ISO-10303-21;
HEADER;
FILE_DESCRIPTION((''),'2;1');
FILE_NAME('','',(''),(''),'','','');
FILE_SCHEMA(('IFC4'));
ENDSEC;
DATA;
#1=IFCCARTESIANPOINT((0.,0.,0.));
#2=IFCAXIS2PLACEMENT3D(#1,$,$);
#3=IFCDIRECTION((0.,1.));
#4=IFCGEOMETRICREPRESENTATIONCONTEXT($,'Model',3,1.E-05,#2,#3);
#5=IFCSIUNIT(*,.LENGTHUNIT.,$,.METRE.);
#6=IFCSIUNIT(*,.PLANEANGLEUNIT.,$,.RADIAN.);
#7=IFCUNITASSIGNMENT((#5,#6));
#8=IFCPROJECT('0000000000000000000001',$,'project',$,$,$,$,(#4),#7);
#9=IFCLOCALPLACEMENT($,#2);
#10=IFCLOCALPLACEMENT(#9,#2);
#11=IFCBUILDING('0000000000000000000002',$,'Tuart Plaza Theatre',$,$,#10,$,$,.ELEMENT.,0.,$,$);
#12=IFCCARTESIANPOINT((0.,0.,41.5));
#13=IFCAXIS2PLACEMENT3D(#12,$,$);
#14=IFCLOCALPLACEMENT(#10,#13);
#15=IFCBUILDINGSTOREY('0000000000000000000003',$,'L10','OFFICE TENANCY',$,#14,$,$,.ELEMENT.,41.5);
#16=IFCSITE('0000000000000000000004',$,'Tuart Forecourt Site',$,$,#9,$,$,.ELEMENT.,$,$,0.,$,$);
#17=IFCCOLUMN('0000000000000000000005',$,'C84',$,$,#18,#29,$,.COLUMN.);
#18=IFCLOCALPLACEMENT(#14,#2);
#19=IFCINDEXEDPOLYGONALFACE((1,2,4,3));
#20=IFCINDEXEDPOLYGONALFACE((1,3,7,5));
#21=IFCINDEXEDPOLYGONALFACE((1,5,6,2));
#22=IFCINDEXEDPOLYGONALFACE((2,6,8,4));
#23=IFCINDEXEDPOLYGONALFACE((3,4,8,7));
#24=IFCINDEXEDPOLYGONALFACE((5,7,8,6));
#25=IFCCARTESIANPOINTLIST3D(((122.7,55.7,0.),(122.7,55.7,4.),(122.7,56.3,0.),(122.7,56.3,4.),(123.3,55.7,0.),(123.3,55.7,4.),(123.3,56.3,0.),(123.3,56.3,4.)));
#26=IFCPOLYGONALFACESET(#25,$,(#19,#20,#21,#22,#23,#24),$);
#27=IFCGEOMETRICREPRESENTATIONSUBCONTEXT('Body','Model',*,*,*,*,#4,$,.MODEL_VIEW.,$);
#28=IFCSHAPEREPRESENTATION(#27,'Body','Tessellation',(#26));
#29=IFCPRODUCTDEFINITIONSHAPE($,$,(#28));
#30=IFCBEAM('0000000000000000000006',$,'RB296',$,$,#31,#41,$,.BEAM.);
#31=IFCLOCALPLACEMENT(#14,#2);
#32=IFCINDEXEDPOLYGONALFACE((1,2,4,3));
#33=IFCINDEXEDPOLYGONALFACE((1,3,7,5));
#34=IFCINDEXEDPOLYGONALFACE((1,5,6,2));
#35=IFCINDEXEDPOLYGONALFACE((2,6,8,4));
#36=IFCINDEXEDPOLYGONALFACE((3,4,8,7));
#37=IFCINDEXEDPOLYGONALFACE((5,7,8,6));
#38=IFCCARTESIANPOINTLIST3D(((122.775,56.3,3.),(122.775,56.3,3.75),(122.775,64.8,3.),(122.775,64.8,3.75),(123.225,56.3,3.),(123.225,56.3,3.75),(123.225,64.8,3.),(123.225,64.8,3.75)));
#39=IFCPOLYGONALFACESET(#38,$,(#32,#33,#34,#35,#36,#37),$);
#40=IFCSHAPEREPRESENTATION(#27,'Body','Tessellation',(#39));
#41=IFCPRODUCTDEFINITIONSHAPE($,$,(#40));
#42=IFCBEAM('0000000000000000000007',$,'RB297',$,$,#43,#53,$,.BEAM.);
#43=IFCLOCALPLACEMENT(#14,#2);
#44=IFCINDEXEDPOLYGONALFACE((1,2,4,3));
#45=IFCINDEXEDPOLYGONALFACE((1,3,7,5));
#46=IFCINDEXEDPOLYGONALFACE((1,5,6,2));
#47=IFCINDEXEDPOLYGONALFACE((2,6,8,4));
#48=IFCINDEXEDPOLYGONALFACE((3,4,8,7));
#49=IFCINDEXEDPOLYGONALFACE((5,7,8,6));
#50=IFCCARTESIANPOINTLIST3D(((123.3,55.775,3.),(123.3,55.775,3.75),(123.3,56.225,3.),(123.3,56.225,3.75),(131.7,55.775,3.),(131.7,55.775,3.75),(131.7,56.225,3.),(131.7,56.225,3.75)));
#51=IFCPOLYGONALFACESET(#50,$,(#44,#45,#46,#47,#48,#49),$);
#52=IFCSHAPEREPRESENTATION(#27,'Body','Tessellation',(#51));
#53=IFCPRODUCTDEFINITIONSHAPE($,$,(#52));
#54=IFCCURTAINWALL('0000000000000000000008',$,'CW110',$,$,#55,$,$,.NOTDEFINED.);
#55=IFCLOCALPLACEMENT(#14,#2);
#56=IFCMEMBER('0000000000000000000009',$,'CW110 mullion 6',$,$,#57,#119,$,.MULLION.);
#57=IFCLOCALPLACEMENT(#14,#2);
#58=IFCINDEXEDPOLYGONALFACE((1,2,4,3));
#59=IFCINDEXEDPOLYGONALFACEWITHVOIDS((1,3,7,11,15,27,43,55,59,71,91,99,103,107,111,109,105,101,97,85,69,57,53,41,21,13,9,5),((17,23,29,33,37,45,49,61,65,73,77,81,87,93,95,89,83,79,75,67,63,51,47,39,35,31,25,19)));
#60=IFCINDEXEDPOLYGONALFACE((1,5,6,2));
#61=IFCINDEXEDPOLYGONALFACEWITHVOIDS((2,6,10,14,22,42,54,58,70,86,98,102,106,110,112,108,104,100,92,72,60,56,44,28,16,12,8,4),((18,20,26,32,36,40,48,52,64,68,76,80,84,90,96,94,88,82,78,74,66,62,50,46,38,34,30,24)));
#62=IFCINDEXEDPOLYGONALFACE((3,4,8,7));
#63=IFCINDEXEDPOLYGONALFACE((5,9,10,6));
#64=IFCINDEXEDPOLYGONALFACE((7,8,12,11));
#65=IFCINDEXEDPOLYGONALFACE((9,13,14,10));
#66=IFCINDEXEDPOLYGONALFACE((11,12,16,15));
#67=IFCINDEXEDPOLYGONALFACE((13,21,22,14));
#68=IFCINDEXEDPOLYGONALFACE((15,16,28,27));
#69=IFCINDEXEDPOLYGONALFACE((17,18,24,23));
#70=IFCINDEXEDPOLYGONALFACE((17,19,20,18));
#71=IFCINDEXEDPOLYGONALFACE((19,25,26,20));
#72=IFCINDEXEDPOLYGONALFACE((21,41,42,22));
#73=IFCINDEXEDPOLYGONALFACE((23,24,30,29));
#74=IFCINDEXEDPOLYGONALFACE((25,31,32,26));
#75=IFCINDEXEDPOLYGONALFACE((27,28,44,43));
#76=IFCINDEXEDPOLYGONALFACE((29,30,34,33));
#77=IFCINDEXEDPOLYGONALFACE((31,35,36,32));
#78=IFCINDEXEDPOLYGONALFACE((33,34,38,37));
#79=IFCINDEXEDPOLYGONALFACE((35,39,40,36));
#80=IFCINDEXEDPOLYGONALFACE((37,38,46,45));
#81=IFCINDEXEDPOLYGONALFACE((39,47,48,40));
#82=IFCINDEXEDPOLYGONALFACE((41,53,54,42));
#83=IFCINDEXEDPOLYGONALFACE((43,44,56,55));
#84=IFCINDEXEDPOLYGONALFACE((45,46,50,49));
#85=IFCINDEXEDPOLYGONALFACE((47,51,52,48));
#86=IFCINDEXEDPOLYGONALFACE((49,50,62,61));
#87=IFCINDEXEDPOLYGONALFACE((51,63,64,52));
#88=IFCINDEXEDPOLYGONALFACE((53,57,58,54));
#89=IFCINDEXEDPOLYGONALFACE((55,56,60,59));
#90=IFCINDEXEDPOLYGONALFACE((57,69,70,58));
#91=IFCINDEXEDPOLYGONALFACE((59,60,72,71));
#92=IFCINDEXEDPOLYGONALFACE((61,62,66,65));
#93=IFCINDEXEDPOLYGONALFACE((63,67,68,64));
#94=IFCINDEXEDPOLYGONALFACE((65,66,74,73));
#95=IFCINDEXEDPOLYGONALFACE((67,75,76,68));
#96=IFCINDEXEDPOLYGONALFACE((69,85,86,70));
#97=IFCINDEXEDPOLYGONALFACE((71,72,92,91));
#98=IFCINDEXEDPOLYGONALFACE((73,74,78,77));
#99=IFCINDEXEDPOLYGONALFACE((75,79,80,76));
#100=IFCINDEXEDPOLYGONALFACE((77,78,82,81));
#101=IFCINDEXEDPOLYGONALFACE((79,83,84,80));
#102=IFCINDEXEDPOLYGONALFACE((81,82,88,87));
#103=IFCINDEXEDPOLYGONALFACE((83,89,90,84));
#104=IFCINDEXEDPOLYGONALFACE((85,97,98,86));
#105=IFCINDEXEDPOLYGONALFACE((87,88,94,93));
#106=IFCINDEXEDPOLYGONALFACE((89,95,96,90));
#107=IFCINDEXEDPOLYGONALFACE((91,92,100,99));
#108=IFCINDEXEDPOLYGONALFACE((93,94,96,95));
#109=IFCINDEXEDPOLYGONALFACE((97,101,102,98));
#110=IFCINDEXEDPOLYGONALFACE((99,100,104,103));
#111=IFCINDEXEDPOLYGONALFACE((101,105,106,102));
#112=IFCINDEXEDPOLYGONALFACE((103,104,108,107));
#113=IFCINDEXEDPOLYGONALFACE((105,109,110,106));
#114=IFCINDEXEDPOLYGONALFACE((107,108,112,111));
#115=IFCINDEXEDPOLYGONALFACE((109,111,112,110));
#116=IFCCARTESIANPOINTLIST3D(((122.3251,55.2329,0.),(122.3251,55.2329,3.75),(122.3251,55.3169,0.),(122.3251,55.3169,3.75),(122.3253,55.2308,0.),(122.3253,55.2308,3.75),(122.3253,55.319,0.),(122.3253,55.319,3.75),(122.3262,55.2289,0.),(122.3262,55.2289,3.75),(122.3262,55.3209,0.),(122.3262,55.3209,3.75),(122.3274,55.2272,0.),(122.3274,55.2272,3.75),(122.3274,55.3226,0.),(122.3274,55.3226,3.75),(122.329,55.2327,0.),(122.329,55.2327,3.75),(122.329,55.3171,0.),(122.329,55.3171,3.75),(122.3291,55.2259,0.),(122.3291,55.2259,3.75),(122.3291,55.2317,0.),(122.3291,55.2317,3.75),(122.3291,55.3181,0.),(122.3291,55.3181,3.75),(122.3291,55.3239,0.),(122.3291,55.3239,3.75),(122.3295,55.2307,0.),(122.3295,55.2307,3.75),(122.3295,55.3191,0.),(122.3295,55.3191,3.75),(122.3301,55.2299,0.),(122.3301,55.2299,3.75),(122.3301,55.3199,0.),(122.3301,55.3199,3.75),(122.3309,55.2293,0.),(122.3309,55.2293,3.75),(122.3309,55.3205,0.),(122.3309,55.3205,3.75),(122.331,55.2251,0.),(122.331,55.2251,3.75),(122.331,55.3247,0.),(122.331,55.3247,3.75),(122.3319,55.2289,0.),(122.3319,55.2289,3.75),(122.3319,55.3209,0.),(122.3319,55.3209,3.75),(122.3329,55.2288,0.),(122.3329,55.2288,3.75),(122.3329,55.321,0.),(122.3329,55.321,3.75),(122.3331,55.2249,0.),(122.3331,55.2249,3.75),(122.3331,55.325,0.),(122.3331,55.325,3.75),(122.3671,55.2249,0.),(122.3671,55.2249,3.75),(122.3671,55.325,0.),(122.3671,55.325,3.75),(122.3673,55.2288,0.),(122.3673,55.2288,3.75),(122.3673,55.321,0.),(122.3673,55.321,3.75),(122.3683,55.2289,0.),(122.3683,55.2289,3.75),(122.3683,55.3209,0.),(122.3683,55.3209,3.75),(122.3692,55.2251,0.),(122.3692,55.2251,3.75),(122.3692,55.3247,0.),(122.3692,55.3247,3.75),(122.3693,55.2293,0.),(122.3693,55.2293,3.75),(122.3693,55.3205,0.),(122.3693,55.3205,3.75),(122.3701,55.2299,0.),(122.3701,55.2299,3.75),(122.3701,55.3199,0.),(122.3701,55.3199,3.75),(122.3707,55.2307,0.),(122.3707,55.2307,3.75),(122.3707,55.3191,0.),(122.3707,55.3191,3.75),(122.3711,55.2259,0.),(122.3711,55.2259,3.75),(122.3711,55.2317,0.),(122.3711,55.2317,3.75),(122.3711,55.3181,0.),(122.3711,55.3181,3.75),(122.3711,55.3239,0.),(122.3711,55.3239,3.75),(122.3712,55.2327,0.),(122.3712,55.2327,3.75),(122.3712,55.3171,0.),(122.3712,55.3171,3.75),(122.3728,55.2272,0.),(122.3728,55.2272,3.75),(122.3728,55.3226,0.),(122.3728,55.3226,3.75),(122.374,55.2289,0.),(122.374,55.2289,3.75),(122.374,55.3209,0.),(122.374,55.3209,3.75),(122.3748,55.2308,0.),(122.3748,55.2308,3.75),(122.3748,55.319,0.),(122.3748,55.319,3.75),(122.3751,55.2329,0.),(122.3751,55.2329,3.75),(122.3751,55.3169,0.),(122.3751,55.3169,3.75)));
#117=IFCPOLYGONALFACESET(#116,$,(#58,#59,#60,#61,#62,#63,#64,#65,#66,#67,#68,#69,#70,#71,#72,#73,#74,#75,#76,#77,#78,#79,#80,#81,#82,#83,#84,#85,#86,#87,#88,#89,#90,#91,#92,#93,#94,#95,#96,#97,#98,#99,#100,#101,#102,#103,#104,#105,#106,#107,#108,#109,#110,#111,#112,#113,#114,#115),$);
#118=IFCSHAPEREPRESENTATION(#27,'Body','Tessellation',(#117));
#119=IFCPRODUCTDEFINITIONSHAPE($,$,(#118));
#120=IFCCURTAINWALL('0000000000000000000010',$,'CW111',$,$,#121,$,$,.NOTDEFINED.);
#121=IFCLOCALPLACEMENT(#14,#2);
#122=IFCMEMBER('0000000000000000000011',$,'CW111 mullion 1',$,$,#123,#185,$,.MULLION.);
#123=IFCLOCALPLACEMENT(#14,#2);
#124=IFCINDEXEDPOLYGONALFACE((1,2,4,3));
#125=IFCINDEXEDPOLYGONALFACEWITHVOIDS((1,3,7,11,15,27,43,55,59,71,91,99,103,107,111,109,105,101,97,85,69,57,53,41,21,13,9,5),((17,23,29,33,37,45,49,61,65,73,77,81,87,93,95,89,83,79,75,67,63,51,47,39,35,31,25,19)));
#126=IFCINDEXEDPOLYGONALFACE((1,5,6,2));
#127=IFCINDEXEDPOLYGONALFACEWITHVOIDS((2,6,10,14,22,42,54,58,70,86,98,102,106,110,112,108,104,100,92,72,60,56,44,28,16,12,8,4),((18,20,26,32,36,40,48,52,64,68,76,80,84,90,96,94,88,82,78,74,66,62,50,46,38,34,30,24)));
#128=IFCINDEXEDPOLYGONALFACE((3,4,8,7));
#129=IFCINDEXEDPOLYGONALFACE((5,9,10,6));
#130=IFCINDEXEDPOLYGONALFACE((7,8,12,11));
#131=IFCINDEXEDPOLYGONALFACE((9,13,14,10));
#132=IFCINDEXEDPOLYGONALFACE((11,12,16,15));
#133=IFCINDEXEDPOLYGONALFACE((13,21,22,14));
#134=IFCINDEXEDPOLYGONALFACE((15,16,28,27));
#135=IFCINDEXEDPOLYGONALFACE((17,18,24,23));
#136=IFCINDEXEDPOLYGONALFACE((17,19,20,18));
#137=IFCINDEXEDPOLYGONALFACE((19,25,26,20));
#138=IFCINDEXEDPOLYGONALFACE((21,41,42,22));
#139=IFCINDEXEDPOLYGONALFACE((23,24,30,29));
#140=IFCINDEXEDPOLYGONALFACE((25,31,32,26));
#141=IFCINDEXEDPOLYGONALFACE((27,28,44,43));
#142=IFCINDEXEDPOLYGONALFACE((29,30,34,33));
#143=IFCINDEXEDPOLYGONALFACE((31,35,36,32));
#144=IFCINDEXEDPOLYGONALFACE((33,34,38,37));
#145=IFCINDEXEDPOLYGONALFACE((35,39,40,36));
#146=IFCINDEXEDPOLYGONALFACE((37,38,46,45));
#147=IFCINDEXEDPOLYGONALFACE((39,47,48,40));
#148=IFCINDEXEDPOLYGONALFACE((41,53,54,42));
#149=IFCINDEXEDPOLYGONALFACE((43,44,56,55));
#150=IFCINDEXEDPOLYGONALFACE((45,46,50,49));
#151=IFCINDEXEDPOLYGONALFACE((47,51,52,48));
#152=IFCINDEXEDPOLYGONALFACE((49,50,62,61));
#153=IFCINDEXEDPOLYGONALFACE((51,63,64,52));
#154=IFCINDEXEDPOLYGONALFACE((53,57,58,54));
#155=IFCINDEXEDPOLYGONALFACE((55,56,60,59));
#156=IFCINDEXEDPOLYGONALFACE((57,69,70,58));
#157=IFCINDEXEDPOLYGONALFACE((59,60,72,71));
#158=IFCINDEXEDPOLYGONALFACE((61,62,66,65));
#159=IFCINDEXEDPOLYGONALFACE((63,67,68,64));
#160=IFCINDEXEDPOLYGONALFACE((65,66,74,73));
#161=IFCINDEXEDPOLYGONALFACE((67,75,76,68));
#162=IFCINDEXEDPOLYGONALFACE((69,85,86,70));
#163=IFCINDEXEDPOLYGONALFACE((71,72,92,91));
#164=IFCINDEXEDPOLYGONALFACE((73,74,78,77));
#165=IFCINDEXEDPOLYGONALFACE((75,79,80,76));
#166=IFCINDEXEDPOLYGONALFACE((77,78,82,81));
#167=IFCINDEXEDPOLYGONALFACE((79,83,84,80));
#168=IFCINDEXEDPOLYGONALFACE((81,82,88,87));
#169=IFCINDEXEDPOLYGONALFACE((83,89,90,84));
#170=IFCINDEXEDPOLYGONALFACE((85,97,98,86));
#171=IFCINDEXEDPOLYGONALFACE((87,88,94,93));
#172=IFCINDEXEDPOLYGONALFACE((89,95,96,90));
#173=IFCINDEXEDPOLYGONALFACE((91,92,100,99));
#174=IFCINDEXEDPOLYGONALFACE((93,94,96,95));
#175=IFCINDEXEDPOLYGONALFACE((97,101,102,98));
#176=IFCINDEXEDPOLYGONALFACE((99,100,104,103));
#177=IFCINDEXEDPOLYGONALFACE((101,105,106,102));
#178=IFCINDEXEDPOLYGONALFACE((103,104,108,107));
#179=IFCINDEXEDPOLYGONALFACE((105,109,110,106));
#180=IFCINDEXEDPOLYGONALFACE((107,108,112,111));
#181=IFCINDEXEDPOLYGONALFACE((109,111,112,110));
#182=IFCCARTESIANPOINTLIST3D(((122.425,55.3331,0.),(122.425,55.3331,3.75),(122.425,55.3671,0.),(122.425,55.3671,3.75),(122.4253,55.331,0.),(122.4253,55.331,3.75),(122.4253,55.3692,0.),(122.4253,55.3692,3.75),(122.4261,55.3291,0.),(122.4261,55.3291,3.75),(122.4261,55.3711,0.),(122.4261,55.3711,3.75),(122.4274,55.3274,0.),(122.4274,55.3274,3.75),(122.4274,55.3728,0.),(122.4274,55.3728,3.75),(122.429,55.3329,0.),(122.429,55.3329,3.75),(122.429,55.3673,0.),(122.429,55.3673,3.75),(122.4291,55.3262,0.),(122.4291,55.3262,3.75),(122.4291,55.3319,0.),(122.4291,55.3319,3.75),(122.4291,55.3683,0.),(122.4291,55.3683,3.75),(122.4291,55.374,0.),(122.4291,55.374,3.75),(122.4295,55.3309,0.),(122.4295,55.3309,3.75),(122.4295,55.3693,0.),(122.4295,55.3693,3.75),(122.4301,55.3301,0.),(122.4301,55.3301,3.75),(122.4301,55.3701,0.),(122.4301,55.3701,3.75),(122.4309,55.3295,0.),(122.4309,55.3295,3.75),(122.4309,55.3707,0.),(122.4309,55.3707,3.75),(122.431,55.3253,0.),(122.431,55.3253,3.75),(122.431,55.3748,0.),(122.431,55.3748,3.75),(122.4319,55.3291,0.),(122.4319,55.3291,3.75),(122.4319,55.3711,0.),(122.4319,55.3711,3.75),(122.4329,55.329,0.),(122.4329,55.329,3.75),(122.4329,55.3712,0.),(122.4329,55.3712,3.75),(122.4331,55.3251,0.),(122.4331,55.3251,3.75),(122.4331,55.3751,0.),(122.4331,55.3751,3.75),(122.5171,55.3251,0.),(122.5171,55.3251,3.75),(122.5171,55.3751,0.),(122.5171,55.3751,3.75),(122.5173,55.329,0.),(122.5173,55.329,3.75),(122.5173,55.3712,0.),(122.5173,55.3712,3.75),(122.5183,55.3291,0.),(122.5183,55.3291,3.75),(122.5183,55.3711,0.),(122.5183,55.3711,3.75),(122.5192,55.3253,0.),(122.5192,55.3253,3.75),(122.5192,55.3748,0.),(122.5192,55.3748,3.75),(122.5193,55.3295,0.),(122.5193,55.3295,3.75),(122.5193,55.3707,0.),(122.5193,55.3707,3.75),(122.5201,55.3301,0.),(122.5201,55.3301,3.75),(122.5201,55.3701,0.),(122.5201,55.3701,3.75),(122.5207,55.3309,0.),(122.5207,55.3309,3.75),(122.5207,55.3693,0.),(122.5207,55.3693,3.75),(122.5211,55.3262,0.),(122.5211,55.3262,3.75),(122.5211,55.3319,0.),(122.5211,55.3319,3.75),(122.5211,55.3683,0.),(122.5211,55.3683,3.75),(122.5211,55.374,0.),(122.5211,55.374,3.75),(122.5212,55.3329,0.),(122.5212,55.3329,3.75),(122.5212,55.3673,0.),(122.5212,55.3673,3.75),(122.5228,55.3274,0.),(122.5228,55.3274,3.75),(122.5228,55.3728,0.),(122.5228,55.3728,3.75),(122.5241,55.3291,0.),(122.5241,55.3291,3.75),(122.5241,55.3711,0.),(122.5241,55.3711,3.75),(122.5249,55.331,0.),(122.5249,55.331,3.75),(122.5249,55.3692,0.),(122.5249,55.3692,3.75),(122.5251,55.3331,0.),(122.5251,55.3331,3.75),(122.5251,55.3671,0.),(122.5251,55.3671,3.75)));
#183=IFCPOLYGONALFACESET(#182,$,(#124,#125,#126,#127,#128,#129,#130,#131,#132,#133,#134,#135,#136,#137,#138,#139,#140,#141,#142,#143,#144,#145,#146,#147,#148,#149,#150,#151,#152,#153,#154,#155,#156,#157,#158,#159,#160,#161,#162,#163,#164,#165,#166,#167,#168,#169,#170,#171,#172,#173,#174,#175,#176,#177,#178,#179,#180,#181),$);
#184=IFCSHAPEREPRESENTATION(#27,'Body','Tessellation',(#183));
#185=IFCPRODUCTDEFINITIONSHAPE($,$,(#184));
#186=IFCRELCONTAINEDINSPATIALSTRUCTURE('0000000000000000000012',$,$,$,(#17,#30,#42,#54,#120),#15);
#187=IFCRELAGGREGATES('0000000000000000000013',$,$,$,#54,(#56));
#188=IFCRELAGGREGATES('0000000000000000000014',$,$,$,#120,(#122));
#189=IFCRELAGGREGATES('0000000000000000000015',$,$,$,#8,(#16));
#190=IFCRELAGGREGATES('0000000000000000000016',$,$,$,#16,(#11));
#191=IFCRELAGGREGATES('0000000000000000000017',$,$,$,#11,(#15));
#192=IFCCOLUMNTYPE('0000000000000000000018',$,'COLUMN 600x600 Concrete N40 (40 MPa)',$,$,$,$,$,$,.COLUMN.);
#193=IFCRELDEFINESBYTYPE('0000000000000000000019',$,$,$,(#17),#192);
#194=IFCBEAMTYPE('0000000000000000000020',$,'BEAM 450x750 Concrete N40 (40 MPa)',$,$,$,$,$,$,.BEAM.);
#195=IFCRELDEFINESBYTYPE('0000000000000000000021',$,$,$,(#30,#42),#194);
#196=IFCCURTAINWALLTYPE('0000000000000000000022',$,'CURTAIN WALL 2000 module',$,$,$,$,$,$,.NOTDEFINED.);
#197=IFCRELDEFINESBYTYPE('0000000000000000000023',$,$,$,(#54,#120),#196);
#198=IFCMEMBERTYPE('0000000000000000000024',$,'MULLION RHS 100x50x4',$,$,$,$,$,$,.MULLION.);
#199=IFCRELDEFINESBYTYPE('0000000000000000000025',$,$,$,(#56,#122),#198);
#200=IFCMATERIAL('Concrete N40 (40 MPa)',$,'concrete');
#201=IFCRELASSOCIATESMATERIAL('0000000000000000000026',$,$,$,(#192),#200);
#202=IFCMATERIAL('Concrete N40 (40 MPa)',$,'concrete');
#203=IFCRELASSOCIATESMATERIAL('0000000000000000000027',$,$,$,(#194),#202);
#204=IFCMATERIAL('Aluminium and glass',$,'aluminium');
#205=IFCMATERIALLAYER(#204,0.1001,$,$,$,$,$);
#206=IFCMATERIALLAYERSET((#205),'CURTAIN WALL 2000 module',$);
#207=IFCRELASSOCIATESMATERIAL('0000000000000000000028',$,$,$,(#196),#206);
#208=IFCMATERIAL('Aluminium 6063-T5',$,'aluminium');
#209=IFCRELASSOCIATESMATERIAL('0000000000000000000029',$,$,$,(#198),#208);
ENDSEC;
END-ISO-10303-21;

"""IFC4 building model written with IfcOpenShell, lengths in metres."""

from ifc_helpers import new_model, si_unit, direction, frame, origin, origin_2d, place, context, subcontext, project, spatial, rectangle, hollow_rectangle, extrude, material, layer, layer_set, material_profile, profile_set, type_object, element, aggregate, save


model = new_model("IFC4")

# Units and contexts
model_context = context("Model", 3, precision=1e-05, world=origin(), true_north=direction((0.0, 1.0)))
body_context = subcontext(model_context, "Body", "Model", "MODEL_VIEW")
ifc_project = project(units=[si_unit("LENGTHUNIT", "METRE"), si_unit("PLANEANGLEUNIT", "RADIAN")], contexts=[model_context])

# Site, building, storey
site_placement = place(None, origin())
site = spatial("IfcSite", under=ifc_project, at=site_placement, Name="Tuart Forecourt Site", CompositionType="ELEMENT", RefElevation=0.0)
building_placement = place(site_placement, origin())
building = spatial("IfcBuilding", under=site, at=building_placement, Name="Tuart Plaza Theatre", CompositionType="ELEMENT", ElevationOfRefHeight=0.0)
storey_placement = place(building_placement, frame((0.0, 0.0, 41.5)))
storey = spatial("IfcBuildingStorey", under=building, at=storey_placement, Name="L10", Description="OFFICE TENANCY", CompositionType="ELEMENT", Elevation=41.5)

# Column
ifc_material_1 = material(Name="Concrete N40 (40 MPa)", Category="concrete")
ifc_material_profile_1 = material_profile(ifc_material_1, rectangle(XDim=0.6001, YDim=0.6001, at=origin_2d()), Name="COLUMN 600x600 Concrete N40 (40 MPa)")
ifc_profile_set_1 = profile_set([ifc_material_profile_1], Name="Concrete N40 (40 MPa)")
column_type = type_object("IfcColumnType", Name="COLUMN 600x600 Concrete N40 (40 MPa)", PredefinedType="COLUMN", material=ifc_profile_set_1)
column_placement = place(storey_placement, frame((123.0, 56.0, 0.0), z_axis=(0.0, 0.0, 1.0), x_axis=(1.0, 0.0, 0.0)))
element("IfcColumn", 1, at=column_placement, inside=storey, type_object=column_type, Name="C84", PredefinedType="COLUMN", context=body_context, shape_type="SweptSolid", body=[
    extrude(rectangle(XDim=0.6001, YDim=0.6001, at=origin_2d()), origin(), (0.0, 0.0, 1.0), 4.0),
])

# Beams
ifc_material_2 = material(Name="Concrete N40 (40 MPa)", Category="concrete")
ifc_material_profile_2 = material_profile(ifc_material_2, rectangle(XDim=0.45, YDim=0.75, at=origin_2d()), Name="BEAM 450x750 Concrete N40 (40 MPa)")
ifc_profile_set_2 = profile_set([ifc_material_profile_2], Name="Concrete N40 (40 MPa)")
beam_type = type_object("IfcBeamType", Name="BEAM 450x750 Concrete N40 (40 MPa)", PredefinedType="BEAM", material=ifc_profile_set_2)
beam_1_placement = place(storey_placement, frame((123.0, 56.3, 3.375), z_axis=(0.0, 1.0, 0.0), x_axis=(-1.0, 0.0, 0.0)))
element("IfcBeam", 2, at=beam_1_placement, inside=storey, type_object=beam_type, Name="RB296", PredefinedType="BEAM", context=body_context, shape_type="SweptSolid", body=[
    extrude(rectangle(XDim=0.45, YDim=0.75, at=origin_2d()), origin(), (0.0, 0.0, 1.0), 8.5),
])
beam_2_placement = place(storey_placement, frame((123.3, 56.0, 3.375), z_axis=(1.0, 0.0, 0.0), x_axis=(0.0, 1.0, 0.0)))
element("IfcBeam", 3, at=beam_2_placement, inside=storey, type_object=beam_type, Name="RB297", PredefinedType="BEAM", context=body_context, shape_type="SweptSolid", body=[
    extrude(rectangle(XDim=0.45, YDim=0.75, at=origin_2d()), origin(), (0.0, 0.0, 1.0), 8.3999),
])

# Curtain wall, member
ifc_material_3 = material(Name="Aluminium and glass", Category="aluminium")
ifc_layer_1 = layer(ifc_material_3, 0.1001)
ifc_layer_set_1 = layer_set([ifc_layer_1], Name="CURTAIN WALL 2000 module")
curtain_wall_type = type_object("IfcCurtainWallType", Name="CURTAIN WALL 2000 module", PredefinedType="NOTDEFINED", material=ifc_layer_set_1)
curtain_wall_1_placement = place(storey_placement, origin())
curtain_wall_1 = element("IfcCurtainWall", 4, at=curtain_wall_1_placement, inside=storey, type_object=curtain_wall_type, Name="CW110", PredefinedType="NOTDEFINED")
ifc_material_4 = material(Name="Aluminium 6063-T5", Category="aluminium")
ifc_material_profile_3 = material_profile(ifc_material_4, hollow_rectangle(XDim=0.05, YDim=0.1001, WallThickness=0.0039, InnerFilletRadius=0.0039, OuterFilletRadius=0.0081, at=origin_2d()), Name="RHS 100x50x4")
ifc_profile_set_3 = profile_set([ifc_material_profile_3], Name="Aluminium 6063-T5")
member_type_1 = type_object("IfcMemberType", Name="MULLION RHS 100x50x4", PredefinedType="MULLION", material=ifc_profile_set_3)
member_1_placement = place(storey_placement, frame((122.3501, 55.2749, 0.0), z_axis=(0.0, 0.0, 1.0), x_axis=(1.0, 0.0, 0.0)))
member_1 = element("IfcMember", 5, at=member_1_placement, type_object=member_type_1, Name="CW110 mullion 6", PredefinedType="MULLION", context=body_context, shape_type="SweptSolid", body=[
    extrude(hollow_rectangle(XDim=0.05, YDim=0.1001, WallThickness=0.0039, InnerFilletRadius=0.0039, OuterFilletRadius=0.0081, at=origin_2d()), origin(), (0.0, 0.0, 1.0), 3.75),
])

# Curtain wall, member
curtain_wall_2_placement = place(storey_placement, origin())
curtain_wall_2 = element("IfcCurtainWall", 6, at=curtain_wall_2_placement, inside=storey, type_object=curtain_wall_type, Name="CW111", PredefinedType="NOTDEFINED")
member_2_placement = place(storey_placement, frame((122.4751, 55.3501, 0.0), z_axis=(0.0, 0.0, 1.0), x_axis=(0.0, 1.0, 0.0)))
member_2 = element("IfcMember", 7, at=member_2_placement, type_object=member_type_1, Name="CW111 mullion 1", PredefinedType="MULLION", context=body_context, shape_type="SweptSolid", body=[
    extrude(hollow_rectangle(XDim=0.05, YDim=0.1001, WallThickness=0.0039, InnerFilletRadius=0.0039, OuterFilletRadius=0.0081, at=origin_2d()), origin(), (0.0, 0.0, 1.0), 3.75),
])

aggregate(curtain_wall_1, [member_1])
aggregate(curtain_wall_2, [member_2])

save(model, "model.ifc")
